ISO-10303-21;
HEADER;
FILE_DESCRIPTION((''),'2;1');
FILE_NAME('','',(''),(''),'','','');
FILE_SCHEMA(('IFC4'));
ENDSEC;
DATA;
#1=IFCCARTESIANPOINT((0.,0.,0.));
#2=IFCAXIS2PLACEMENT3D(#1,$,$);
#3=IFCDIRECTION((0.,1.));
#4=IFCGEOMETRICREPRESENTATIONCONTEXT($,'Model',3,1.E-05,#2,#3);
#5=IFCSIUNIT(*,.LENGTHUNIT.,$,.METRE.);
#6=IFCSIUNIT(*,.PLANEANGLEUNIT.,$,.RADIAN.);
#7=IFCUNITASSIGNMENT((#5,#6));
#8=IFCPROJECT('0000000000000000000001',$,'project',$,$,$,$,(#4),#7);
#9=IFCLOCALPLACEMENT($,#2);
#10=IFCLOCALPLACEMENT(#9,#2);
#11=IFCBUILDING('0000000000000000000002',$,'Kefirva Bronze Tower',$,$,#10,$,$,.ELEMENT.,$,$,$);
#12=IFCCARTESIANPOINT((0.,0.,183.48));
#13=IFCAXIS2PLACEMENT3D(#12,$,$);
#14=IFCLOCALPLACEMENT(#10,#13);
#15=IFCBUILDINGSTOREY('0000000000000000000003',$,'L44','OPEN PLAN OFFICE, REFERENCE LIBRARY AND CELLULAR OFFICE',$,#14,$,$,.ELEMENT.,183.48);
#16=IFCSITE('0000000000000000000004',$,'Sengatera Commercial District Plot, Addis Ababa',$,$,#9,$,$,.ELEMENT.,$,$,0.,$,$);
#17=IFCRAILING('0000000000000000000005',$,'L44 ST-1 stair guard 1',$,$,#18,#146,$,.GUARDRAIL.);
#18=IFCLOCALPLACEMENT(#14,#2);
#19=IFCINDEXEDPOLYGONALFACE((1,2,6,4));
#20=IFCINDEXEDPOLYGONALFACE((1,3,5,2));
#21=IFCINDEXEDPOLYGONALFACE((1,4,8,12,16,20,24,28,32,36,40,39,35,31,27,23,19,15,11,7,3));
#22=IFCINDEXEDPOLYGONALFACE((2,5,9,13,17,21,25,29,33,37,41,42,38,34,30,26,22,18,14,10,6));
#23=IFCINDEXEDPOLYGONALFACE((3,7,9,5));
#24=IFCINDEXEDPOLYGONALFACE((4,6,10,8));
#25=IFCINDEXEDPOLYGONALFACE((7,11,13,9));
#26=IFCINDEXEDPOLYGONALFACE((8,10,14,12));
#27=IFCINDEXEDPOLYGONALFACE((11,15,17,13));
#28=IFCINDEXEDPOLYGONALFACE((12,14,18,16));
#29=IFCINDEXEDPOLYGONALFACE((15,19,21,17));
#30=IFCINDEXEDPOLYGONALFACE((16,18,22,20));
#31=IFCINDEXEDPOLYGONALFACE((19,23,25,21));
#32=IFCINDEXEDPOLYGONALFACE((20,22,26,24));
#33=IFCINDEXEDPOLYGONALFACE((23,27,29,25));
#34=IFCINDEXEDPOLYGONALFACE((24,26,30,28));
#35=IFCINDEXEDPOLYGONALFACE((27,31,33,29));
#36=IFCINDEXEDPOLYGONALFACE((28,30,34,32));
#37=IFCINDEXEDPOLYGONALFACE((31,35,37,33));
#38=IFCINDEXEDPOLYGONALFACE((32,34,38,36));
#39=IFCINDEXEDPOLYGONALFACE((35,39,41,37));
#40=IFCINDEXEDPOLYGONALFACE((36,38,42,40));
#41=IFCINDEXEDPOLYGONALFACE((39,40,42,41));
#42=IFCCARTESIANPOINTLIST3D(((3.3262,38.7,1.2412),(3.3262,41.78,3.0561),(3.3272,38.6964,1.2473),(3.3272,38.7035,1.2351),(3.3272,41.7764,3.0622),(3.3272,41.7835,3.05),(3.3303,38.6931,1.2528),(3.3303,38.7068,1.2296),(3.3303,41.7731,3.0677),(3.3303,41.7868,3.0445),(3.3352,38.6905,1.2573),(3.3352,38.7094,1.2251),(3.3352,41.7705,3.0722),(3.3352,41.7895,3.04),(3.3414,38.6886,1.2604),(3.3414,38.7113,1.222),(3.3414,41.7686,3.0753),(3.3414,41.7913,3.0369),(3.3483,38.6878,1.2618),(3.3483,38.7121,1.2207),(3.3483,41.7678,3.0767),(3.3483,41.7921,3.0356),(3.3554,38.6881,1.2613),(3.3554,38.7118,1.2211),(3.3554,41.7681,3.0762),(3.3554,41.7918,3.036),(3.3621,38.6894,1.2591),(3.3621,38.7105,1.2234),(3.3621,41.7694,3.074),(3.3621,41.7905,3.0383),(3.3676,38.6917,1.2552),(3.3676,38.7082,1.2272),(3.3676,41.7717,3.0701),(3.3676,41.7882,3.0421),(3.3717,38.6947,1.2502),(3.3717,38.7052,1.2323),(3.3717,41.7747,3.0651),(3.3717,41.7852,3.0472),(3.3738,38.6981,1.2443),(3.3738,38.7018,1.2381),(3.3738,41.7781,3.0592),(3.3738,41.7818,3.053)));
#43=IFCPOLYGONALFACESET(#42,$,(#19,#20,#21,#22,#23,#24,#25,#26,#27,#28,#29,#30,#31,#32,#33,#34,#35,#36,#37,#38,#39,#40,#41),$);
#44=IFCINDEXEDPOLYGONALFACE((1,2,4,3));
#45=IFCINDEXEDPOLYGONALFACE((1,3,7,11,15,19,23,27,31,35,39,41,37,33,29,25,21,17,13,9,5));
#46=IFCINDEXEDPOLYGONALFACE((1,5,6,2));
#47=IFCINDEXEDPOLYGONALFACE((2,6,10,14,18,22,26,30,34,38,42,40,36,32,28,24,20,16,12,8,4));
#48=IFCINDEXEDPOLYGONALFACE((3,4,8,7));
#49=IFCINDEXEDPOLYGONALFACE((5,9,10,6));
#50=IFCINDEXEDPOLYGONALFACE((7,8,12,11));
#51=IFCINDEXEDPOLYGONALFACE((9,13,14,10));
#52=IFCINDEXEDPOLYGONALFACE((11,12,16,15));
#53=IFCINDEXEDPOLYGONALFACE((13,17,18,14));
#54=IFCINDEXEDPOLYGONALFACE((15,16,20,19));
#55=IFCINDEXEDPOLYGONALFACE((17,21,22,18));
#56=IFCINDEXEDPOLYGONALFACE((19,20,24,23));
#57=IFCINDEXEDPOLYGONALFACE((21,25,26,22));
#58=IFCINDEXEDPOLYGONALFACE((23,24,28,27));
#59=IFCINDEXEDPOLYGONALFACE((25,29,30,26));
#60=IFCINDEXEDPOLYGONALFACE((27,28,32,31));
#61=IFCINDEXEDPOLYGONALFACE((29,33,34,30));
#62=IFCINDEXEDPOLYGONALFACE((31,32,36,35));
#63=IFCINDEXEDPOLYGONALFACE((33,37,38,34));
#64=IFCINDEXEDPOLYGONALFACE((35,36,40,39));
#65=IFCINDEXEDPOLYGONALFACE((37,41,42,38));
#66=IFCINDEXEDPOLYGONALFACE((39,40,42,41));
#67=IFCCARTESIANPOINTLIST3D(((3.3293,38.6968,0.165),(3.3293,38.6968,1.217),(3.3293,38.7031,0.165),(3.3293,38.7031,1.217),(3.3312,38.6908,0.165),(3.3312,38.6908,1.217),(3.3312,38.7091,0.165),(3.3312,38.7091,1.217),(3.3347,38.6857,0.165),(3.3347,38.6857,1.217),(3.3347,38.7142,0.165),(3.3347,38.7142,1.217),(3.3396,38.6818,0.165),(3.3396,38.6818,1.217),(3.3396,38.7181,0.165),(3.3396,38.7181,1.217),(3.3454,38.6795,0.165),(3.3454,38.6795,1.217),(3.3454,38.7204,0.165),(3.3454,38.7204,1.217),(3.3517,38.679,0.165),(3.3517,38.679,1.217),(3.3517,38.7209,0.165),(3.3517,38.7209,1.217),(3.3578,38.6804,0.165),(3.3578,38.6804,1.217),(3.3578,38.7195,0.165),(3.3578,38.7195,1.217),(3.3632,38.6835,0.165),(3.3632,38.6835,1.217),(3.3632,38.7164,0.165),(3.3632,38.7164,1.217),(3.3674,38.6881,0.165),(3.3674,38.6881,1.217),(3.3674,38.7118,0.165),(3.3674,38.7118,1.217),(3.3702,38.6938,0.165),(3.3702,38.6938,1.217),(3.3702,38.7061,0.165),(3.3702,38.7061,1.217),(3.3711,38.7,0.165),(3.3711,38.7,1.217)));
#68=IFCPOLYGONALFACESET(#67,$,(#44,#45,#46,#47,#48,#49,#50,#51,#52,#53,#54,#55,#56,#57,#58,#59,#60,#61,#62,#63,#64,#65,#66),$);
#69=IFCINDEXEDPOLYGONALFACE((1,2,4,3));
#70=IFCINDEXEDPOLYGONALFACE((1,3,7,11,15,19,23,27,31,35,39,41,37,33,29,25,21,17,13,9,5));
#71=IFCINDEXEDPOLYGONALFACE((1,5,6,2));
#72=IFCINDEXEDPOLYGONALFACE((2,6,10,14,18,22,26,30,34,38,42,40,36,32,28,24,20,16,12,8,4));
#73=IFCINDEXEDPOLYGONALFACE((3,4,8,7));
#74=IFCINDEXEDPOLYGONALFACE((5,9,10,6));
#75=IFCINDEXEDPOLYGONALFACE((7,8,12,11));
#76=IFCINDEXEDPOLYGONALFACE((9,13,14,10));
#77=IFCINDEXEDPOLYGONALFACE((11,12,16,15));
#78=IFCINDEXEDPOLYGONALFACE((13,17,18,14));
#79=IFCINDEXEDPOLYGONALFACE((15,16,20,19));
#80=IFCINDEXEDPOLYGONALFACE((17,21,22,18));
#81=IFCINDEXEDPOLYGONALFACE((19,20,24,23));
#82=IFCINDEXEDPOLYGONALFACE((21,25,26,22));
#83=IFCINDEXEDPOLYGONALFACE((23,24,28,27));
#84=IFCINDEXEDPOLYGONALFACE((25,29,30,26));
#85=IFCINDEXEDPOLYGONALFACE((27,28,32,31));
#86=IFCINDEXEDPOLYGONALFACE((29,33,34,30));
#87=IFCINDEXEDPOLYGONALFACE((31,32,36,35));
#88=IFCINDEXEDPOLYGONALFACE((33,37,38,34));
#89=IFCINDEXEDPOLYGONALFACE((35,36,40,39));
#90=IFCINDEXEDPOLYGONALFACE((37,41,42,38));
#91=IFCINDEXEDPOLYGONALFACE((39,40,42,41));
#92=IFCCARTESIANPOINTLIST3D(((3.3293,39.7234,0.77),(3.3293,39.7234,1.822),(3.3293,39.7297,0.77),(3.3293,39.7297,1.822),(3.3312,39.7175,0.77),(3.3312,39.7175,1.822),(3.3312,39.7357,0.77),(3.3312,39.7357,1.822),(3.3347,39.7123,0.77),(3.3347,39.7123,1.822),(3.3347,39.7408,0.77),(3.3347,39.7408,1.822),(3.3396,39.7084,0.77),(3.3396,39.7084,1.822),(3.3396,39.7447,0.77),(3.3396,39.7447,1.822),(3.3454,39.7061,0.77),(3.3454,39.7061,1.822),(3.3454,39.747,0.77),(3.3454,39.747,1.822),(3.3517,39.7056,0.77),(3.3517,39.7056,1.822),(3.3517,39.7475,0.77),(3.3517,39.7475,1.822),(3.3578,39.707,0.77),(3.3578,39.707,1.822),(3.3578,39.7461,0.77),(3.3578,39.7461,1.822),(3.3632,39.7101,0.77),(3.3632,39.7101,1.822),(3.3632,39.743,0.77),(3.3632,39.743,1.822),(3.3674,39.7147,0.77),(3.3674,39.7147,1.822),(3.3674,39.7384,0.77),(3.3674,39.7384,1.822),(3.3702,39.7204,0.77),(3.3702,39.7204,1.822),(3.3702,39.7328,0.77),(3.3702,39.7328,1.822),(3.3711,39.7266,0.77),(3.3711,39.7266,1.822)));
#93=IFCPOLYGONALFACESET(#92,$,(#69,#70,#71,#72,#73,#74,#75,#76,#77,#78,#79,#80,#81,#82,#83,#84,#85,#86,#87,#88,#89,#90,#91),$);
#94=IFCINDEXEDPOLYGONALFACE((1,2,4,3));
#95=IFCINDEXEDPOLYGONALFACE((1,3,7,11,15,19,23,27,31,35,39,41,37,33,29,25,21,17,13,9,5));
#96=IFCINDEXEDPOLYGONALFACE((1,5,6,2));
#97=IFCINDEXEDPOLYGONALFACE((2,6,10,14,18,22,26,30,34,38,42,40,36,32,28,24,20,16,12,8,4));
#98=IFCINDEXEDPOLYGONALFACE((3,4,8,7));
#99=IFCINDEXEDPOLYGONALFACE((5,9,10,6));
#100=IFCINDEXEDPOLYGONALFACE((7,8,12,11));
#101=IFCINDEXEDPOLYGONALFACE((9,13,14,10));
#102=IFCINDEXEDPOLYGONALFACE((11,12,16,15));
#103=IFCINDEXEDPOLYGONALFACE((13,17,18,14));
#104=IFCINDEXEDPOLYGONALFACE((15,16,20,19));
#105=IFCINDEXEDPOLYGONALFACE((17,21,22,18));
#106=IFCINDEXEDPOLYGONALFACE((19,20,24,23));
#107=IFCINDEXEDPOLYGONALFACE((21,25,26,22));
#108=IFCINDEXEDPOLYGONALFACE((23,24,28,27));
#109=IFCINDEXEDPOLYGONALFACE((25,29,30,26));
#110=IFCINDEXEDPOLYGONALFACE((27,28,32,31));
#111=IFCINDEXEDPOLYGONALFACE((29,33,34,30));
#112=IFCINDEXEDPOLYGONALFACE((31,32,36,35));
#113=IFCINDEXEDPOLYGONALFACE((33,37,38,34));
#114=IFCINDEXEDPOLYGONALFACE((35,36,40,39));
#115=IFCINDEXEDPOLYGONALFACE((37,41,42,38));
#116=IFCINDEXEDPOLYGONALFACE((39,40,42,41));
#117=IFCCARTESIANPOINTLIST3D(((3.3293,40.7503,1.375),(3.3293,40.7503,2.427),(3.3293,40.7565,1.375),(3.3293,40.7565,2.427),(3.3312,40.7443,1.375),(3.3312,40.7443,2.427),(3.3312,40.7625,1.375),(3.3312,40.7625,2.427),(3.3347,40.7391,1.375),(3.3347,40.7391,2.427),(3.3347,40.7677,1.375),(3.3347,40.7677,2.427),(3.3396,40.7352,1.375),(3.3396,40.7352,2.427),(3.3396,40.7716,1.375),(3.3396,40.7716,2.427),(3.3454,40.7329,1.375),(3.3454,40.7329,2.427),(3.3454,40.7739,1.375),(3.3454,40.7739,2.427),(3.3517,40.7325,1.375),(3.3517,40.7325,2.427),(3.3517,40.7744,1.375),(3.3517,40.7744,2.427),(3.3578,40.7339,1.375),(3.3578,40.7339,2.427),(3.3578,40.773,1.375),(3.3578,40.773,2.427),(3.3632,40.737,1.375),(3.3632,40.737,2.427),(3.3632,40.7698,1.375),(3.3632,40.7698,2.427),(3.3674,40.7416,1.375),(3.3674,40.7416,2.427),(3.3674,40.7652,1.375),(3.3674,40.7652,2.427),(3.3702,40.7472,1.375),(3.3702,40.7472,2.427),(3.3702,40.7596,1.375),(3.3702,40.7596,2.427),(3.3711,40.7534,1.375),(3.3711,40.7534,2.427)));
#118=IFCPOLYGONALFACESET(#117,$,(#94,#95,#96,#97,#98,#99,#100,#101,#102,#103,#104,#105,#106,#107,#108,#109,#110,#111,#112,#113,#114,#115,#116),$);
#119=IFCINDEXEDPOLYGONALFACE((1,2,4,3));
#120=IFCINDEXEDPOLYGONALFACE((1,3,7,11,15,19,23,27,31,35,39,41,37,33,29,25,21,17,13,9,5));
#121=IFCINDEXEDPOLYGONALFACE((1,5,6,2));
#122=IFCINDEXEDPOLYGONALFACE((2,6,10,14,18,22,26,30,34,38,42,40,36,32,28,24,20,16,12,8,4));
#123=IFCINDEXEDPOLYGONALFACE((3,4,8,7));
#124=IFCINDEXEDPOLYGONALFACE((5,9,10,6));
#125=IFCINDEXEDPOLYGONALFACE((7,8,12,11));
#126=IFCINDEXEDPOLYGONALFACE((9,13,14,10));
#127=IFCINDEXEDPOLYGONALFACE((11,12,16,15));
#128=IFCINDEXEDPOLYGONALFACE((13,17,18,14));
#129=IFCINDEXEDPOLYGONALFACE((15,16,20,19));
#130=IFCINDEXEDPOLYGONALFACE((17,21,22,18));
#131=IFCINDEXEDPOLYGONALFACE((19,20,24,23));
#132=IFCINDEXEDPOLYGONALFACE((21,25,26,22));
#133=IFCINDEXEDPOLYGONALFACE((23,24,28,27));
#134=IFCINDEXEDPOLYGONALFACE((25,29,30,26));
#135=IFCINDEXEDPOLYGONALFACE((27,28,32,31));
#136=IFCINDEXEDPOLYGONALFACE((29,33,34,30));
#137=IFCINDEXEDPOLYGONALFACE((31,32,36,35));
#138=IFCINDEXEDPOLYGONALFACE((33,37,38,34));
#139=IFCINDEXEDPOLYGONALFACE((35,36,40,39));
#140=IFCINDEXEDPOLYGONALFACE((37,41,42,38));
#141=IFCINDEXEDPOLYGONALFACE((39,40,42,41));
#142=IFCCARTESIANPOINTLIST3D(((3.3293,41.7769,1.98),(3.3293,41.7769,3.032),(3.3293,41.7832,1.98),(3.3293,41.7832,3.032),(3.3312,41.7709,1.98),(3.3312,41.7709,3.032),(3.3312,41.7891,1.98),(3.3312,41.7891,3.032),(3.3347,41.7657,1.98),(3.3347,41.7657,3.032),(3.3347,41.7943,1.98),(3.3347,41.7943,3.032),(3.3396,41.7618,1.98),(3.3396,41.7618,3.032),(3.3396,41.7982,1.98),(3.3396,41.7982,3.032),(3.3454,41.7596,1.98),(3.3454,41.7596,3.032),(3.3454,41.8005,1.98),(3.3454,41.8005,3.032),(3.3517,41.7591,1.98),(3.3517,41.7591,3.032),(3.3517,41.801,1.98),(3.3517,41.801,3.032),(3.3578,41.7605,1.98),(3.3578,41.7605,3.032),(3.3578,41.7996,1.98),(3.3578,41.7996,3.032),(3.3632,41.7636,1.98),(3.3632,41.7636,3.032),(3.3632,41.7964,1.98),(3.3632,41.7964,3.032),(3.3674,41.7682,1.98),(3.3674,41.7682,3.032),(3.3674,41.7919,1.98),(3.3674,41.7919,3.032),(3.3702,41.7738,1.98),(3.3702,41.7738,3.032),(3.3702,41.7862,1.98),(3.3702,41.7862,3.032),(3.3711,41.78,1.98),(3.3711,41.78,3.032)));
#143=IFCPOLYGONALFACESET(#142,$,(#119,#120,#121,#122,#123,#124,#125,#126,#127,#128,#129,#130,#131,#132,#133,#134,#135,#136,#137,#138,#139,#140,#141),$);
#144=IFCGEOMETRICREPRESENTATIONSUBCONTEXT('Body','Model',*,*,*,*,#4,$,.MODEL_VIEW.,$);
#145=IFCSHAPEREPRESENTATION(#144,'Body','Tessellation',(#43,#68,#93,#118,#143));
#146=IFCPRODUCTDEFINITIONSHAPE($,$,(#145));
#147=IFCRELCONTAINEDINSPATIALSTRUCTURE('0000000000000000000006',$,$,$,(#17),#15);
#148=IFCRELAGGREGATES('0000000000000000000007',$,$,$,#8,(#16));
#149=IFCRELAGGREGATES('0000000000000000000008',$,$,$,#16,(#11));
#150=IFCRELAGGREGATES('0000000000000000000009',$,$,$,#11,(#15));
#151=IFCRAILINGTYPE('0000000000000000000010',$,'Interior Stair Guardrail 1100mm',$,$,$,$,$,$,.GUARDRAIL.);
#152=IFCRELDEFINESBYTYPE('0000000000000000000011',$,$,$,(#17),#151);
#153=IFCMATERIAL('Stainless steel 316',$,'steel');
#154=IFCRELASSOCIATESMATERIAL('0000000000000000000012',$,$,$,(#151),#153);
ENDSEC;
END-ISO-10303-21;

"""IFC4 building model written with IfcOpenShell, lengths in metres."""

from ifc_helpers import new_model, si_unit, direction, frame, origin, origin_2d, place, context, subcontext, project, spatial, circle, extrude, material, type_object, element, save


model = new_model("IFC4")

# Units and contexts
model_context = context("Model", 3, precision=1e-05, world=origin(), true_north=direction((0.0, 1.0)))
body_context = subcontext(model_context, "Body", "Model", "MODEL_VIEW")
ifc_project = project(units=[si_unit("LENGTHUNIT", "METRE"), si_unit("PLANEANGLEUNIT", "RADIAN")], contexts=[model_context])

# Site, building, storey
site_placement = place(None, origin())
site = spatial("IfcSite", under=ifc_project, at=site_placement, Name="Sengatera Commercial District Plot, Addis Ababa", CompositionType="ELEMENT", RefElevation=0.0)
building_placement = place(site_placement, origin())
building = spatial("IfcBuilding", under=site, at=building_placement, Name="Kefirva Bronze Tower", CompositionType="ELEMENT")
storey_placement = place(building_placement, frame((0.0, 0.0, 183.48)))
storey = spatial("IfcBuildingStorey", under=building, at=storey_placement, Name="L44", Description="OPEN PLAN OFFICE, REFERENCE LIBRARY AND CELLULAR OFFICE", CompositionType="ELEMENT", Elevation=183.48)

# Railing
ifc_material_1 = material(Name="Stainless steel 316", Category="steel")
railing_type_1 = type_object("IfcRailingType", Name="Interior Stair Guardrail 1100mm", PredefinedType="GUARDRAIL", material=ifc_material_1)
railing_1_placement = place(storey_placement, frame((3.3501, 38.7, 0.165)))
element("IfcRailing", 1, at=railing_1_placement, inside=storey, type_object=railing_type_1, Name="L44 ST-1 stair guard 1", PredefinedType="GUARDRAIL", context=body_context, shape_type="SweptSolid", body=[
    extrude(circle(Radius=0.0239, at=origin_2d()), frame((0.0, 0.0, 1.0762), z_axis=(0.0, 0.861551, 0.507671), x_axis=(-1.0, 0.0, 0.0)), (0.0, 0.0, 1.0), 3.575),
    extrude(circle(Radius=0.021, at=origin_2d()), origin(), (0.0, 0.0, 1.0), 1.052),
    extrude(circle(Radius=0.021, at=origin_2d()), frame((0.0, 1.0266, 0.605)), (0.0, 0.0, 1.0), 1.052),
    extrude(circle(Radius=0.021, at=origin_2d()), frame((0.0, 2.0535, 1.21)), (0.0, 0.0, 1.0), 1.052),
    extrude(circle(Radius=0.021, at=origin_2d()), frame((0.0, 3.0801, 1.8149)), (0.0, 0.0, 1.0), 1.052),
])

save(model, "model.ifc")
